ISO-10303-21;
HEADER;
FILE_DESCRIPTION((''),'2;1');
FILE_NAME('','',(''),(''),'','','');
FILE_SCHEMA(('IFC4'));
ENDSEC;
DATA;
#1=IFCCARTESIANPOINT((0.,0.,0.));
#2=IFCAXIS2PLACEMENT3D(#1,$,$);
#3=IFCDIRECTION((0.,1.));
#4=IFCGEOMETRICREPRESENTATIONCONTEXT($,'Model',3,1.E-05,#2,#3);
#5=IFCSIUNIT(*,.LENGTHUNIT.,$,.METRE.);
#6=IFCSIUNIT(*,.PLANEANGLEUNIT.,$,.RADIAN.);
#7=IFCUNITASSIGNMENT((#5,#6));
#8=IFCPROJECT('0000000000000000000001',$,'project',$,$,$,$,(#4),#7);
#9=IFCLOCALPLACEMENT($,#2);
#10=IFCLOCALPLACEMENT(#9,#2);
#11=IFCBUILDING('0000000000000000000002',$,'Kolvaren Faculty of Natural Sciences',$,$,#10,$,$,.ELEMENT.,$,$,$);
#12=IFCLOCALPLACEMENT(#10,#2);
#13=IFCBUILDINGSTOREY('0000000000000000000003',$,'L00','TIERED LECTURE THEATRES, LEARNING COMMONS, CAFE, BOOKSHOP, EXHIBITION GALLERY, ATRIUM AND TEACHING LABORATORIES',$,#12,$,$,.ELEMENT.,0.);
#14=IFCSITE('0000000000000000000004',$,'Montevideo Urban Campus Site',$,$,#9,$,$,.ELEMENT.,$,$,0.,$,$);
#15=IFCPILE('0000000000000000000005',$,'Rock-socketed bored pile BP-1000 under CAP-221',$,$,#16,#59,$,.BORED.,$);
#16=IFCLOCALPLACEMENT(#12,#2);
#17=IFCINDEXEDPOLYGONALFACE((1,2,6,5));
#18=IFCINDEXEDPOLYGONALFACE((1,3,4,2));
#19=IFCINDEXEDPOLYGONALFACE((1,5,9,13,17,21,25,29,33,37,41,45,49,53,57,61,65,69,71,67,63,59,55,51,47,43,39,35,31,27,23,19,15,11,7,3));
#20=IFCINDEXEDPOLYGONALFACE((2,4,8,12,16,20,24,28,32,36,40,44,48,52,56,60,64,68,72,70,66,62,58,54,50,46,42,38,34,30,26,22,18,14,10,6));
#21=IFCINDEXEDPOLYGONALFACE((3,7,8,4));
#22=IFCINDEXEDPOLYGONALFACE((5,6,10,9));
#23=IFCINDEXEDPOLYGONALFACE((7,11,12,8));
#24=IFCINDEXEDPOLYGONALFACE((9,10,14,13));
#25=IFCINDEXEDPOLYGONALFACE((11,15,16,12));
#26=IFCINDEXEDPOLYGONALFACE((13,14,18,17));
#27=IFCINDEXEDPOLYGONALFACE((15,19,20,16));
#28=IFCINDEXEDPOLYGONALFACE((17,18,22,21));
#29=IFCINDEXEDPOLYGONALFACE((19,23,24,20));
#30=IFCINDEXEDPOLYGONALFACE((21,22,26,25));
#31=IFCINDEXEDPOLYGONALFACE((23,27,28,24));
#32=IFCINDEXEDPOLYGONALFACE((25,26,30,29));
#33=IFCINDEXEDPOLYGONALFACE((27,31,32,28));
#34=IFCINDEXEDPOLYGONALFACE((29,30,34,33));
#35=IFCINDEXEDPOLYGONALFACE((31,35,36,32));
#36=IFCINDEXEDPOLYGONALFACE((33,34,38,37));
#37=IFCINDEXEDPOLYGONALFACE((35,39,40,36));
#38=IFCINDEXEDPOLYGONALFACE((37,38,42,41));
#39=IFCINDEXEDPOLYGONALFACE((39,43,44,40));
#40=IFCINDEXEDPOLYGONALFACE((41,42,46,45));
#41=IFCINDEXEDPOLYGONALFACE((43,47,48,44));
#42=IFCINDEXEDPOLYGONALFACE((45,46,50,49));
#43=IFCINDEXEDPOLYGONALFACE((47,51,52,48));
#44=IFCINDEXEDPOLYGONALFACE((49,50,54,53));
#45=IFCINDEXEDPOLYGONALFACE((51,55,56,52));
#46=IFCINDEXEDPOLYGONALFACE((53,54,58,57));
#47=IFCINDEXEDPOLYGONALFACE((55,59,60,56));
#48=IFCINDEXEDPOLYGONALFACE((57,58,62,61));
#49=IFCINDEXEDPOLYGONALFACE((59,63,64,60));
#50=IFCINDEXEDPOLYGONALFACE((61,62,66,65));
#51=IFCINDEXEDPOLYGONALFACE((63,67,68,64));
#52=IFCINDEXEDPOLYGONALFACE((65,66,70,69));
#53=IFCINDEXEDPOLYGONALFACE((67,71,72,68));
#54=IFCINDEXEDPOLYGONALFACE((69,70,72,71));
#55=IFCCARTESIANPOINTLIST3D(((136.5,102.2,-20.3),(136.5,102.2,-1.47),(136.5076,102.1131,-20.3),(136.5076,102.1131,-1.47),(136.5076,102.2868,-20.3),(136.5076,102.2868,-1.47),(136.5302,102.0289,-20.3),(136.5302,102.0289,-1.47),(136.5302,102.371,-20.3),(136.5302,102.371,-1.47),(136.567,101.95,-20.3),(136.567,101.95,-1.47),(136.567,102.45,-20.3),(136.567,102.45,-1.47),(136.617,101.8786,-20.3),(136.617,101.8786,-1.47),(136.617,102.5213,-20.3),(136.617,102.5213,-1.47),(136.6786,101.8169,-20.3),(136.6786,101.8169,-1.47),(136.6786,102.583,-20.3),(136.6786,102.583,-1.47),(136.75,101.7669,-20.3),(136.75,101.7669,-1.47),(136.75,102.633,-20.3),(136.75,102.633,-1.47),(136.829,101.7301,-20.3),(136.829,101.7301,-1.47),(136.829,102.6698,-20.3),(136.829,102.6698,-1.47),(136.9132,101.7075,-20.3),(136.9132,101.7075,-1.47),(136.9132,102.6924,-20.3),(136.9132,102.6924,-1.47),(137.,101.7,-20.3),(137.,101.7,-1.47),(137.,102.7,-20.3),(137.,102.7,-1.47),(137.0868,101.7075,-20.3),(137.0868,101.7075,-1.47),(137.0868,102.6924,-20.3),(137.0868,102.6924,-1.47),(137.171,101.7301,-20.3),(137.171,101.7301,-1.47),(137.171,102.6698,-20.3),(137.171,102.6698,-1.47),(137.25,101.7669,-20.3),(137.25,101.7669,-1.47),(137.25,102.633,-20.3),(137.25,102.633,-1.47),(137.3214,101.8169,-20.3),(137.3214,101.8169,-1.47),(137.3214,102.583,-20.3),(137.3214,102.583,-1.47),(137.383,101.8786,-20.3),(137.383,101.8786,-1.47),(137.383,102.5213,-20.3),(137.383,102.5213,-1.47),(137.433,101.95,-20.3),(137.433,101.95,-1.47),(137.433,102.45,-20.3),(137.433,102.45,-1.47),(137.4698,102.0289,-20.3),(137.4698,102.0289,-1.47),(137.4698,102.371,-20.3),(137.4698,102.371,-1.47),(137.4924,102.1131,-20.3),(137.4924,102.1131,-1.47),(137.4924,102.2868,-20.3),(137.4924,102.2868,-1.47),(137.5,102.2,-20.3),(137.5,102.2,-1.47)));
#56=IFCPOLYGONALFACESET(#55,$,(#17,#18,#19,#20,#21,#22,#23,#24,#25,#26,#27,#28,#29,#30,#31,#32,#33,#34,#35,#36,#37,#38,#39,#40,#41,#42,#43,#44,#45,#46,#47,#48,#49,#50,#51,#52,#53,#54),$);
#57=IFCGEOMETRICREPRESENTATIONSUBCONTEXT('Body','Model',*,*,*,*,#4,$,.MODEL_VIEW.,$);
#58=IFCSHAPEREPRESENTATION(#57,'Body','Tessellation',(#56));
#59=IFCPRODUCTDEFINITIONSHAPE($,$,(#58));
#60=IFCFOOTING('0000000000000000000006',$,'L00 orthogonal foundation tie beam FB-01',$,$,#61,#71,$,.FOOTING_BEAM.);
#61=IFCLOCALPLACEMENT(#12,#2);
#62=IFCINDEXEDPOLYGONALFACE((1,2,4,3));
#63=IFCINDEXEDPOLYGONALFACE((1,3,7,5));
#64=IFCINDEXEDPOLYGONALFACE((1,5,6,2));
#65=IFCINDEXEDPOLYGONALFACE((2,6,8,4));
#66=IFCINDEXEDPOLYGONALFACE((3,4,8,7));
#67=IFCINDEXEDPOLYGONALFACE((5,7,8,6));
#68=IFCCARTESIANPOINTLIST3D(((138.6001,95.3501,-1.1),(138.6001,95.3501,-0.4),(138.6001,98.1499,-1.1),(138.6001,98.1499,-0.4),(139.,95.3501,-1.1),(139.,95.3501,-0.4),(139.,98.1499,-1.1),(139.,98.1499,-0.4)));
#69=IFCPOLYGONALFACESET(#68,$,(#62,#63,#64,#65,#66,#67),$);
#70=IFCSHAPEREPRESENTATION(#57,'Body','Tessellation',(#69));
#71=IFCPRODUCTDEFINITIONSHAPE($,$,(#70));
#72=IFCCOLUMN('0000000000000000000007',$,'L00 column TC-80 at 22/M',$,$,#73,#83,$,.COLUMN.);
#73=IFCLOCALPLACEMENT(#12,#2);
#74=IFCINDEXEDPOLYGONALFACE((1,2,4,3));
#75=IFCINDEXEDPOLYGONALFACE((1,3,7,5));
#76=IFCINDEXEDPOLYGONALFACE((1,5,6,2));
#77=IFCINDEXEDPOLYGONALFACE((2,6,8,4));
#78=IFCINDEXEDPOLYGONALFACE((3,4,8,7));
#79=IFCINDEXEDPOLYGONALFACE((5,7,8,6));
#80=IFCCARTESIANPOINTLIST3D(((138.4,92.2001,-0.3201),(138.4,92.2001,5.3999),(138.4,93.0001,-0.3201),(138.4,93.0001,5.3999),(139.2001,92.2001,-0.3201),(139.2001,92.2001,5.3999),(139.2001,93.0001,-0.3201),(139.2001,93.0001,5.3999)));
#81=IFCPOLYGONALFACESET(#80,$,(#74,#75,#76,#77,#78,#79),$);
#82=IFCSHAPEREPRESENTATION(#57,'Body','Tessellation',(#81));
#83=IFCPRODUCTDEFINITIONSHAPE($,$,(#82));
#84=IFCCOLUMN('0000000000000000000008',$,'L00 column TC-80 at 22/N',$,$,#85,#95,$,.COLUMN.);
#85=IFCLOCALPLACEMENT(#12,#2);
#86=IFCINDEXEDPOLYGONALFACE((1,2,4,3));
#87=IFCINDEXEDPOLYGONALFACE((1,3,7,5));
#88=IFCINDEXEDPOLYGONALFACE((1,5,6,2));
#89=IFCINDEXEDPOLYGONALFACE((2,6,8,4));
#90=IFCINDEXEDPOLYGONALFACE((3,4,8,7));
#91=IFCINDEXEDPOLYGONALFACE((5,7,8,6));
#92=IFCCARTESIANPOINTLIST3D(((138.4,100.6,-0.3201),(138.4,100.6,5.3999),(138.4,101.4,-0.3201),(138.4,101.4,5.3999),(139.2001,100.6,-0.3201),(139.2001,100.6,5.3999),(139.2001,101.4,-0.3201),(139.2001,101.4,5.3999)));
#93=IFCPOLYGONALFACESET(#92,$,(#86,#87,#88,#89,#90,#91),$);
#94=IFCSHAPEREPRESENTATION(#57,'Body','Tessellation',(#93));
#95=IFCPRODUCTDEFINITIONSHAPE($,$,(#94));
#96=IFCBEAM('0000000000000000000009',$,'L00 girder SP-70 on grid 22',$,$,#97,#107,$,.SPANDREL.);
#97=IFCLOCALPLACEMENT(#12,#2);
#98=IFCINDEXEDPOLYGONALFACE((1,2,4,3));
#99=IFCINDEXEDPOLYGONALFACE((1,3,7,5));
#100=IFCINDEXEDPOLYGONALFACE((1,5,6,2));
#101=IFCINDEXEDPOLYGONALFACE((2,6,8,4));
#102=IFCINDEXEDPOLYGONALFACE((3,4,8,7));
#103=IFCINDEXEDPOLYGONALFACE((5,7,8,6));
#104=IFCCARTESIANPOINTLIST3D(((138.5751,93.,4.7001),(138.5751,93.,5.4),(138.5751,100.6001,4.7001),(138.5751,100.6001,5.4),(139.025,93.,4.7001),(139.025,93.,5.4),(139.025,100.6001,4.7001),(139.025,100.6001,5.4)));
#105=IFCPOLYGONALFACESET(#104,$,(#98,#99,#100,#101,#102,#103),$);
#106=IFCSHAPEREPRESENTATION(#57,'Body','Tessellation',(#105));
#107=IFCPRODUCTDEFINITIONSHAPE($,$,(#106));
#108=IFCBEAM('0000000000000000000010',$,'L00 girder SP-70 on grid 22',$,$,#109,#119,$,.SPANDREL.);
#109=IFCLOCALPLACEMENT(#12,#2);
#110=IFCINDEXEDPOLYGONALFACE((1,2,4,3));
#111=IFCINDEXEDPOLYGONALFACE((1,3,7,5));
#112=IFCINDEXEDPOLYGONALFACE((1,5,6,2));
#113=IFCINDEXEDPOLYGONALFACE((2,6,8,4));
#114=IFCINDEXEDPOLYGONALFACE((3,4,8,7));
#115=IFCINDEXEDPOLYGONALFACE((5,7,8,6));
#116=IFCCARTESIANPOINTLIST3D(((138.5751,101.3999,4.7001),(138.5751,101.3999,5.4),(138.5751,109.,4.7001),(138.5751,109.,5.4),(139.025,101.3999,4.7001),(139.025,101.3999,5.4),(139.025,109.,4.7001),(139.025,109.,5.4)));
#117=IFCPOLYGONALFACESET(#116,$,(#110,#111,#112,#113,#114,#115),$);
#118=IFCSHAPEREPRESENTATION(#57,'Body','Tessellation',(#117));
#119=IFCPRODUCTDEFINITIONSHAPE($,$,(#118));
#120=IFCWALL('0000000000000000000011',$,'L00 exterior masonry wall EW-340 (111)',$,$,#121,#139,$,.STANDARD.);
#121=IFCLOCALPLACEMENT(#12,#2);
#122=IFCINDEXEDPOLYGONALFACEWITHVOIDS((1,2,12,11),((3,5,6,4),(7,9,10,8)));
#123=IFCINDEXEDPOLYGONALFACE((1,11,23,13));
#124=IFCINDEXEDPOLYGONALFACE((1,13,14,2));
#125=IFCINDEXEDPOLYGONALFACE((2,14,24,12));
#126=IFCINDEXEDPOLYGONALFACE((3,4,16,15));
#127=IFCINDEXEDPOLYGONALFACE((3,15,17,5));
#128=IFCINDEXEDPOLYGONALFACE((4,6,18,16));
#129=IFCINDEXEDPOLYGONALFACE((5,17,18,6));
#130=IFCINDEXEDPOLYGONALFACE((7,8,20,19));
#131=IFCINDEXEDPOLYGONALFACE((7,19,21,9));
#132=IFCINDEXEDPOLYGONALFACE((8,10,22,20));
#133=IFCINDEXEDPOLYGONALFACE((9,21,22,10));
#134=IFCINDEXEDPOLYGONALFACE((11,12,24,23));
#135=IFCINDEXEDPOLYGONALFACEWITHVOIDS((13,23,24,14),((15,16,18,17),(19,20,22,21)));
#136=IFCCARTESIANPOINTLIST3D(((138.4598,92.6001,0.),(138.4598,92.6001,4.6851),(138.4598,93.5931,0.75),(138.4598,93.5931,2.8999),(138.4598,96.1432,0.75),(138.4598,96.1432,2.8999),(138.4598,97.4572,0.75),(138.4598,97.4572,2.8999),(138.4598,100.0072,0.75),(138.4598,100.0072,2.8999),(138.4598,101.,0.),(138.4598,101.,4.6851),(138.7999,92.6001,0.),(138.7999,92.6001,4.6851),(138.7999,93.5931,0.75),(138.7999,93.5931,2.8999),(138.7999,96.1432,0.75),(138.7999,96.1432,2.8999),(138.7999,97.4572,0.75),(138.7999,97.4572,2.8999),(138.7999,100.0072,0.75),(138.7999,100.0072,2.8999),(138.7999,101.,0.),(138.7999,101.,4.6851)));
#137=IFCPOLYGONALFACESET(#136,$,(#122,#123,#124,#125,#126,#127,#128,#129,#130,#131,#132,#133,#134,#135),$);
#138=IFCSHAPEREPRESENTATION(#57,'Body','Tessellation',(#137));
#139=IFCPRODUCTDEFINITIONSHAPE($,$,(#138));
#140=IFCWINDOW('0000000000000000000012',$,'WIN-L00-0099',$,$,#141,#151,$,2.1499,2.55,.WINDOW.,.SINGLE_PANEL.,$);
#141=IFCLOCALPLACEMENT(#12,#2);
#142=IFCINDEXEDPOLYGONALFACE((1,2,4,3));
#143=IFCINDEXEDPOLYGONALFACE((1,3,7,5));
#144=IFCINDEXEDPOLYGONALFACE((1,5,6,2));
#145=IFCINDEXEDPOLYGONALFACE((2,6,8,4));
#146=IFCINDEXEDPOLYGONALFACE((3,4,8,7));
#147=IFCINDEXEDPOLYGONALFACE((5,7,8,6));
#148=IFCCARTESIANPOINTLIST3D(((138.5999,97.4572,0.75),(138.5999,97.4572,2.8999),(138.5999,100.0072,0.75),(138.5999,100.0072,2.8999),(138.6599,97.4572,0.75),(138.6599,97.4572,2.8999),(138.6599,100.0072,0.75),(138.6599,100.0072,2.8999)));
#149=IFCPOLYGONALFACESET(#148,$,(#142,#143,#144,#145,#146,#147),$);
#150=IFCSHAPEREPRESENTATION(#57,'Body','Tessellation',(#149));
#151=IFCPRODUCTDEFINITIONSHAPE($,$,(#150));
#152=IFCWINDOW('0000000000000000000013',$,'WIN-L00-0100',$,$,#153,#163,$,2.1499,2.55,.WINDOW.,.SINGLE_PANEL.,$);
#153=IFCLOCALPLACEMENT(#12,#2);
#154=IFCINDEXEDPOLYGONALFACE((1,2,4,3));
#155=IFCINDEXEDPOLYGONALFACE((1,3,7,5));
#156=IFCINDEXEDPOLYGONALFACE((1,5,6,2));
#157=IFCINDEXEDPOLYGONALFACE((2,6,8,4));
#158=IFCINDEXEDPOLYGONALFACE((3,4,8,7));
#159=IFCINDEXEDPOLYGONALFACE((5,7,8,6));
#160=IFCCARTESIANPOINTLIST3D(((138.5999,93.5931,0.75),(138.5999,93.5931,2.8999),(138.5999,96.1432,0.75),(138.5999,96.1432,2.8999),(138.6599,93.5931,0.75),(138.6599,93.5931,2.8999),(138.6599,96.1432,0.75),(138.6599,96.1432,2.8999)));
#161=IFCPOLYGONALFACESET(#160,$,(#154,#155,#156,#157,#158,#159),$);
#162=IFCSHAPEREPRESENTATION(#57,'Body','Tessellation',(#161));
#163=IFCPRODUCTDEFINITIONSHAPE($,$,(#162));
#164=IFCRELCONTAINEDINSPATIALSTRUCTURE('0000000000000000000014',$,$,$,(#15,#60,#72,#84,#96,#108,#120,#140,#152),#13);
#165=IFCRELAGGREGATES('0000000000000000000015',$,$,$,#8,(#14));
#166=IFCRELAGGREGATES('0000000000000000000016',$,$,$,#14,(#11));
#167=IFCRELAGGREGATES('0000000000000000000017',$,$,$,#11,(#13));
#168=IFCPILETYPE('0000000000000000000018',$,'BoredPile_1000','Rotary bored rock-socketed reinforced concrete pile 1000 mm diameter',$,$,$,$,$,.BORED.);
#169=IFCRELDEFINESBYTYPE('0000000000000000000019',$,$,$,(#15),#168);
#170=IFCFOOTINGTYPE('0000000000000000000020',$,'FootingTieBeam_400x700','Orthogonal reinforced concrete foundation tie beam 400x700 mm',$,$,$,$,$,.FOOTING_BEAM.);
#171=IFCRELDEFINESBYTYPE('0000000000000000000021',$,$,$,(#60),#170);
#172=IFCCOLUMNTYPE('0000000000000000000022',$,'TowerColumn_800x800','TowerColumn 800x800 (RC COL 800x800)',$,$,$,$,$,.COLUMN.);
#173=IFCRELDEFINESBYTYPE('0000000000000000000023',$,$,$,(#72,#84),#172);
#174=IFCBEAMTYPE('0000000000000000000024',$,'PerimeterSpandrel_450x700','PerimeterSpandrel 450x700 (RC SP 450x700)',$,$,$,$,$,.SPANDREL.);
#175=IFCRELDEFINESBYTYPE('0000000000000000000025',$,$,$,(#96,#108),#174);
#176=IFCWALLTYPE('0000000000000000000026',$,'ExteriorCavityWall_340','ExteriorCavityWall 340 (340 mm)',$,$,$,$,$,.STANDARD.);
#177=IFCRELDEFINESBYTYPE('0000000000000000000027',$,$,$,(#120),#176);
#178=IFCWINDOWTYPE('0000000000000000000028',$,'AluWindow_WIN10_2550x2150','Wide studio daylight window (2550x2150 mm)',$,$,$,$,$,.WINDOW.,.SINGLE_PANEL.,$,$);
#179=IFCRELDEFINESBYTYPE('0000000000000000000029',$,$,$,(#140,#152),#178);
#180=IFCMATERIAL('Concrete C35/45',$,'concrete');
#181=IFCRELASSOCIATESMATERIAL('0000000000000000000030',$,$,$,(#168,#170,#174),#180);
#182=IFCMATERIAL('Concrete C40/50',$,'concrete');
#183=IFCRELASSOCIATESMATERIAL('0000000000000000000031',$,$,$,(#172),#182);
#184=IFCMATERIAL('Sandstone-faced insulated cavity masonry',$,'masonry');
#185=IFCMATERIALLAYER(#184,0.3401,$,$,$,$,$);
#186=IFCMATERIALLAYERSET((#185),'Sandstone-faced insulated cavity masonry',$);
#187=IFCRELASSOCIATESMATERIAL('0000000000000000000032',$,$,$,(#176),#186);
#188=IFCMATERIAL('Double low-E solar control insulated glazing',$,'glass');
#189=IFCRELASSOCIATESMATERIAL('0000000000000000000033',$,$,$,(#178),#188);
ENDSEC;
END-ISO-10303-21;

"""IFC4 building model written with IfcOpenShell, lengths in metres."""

from ifc_helpers import new_model, si_unit, direction, frame, frame_2d, origin, origin_2d, place, context, subcontext, project, spatial, rectangle, circle, extrude, material, layer, layer_set, material_profile, profile_set, type_object, element, fill, save


model = new_model("IFC4")

# Units and contexts
model_context = context("Model", 3, precision=1e-05, world=origin(), true_north=direction((0.0, 1.0)))
body_context = subcontext(model_context, "Body", "Model", "MODEL_VIEW")
ifc_project = project(units=[si_unit("LENGTHUNIT", "METRE"), si_unit("PLANEANGLEUNIT", "RADIAN")], contexts=[model_context])

# Site, building, storey
site_placement = place(None, origin())
site = spatial("IfcSite", under=ifc_project, at=site_placement, Name="Montevideo Urban Campus Site", CompositionType="ELEMENT", RefElevation=0.0)
building_placement = place(site_placement, origin())
building = spatial("IfcBuilding", under=site, at=building_placement, Name="Kolvaren Faculty of Natural Sciences", CompositionType="ELEMENT")
storey_placement = place(building_placement, origin())
storey = spatial("IfcBuildingStorey", under=building, at=storey_placement, Name="L00", Description="TIERED LECTURE THEATRES, LEARNING COMMONS, CAFE, BOOKSHOP, EXHIBITION GALLERY, ATRIUM AND TEACHING LABORATORIES", CompositionType="ELEMENT", Elevation=0.0)

# Pile
ifc_material_1 = material(Name="Concrete C35/45", Category="concrete")
ifc_material_profile_1 = material_profile(ifc_material_1, circle(Radius=0.5, at=origin_2d()), Name="PILE D1000")
ifc_profile_set_1 = profile_set([ifc_material_profile_1], Name="Concrete C35/45")
pile_type = type_object("IfcPileType", Name="BoredPile_1000", Description="Rotary bored rock-socketed reinforced concrete pile 1000 mm diameter", PredefinedType="BORED", material=ifc_profile_set_1)
for number, where, z_axis, x_axis, name in (
    (1, (137.0, 102.2, -1.47), (0.0, 0.0, -1.0), (1.0, 0.0, 0.0), "Rock-socketed bored pile BP-1000 under CAP-221"),
):
    element("IfcPile", number, at=place(storey_placement, frame(where, z_axis=z_axis, x_axis=x_axis)), inside=storey, type_object=pile_type, Name=name, PredefinedType="BORED", context=body_context, shape_type="SweptSolid", body=[
        extrude(circle(Radius=0.5, at=origin_2d()), origin(), (0.0, 0.0, 1.0), 18.8301),
    ])

# Footing
ifc_material_profile_2 = material_profile(ifc_material_1, rectangle(XDim=0.3999, YDim=0.7, at=origin_2d()), Name="RC FB 400x700")
ifc_profile_set_2 = profile_set([ifc_material_profile_2], Name="Concrete C35/45")
footing_type = type_object("IfcFootingType", Name="FootingTieBeam_400x700", Description="Orthogonal reinforced concrete foundation tie beam 400x700 mm", PredefinedType="FOOTING_BEAM", material=ifc_profile_set_2)
footing_placement = place(storey_placement, frame((138.8, 95.3501, -0.75), z_axis=(0.0, 1.0, 0.0), x_axis=(-1.0, 0.0, 0.0)))
element("IfcFooting", 2, at=footing_placement, inside=storey, type_object=footing_type, Name="L00 orthogonal foundation tie beam FB-01", PredefinedType="FOOTING_BEAM", context=body_context, shape_type="SweptSolid", body=[
    extrude(rectangle(XDim=0.3999, YDim=0.7, at=origin_2d()), origin(), (0.0, 0.0, 1.0), 2.7998),
])

# Columns
ifc_material_2 = material(Name="Concrete C40/50", Category="concrete")
ifc_material_profile_3 = material_profile(ifc_material_2, rectangle(XDim=0.8, YDim=0.8, at=origin_2d()), Name="RC COL 800x800")
ifc_profile_set_3 = profile_set([ifc_material_profile_3], Name="Concrete C40/50")
column_type = type_object("IfcColumnType", Name="TowerColumn_800x800", Description="TowerColumn 800x800 (RC COL 800x800)", PredefinedType="COLUMN", material=ifc_profile_set_3)
for number, where, z_axis, x_axis, name in (
    (3, (138.8, 92.6001, -0.3201), (0.0, 0.0, 1.0), (1.0, 0.0, 0.0), "L00 column TC-80 at 22/M"),
    (4, (138.8, 101.0, -0.3201), (0.0, 0.0, 1.0), (1.0, 0.0, 0.0), "L00 column TC-80 at 22/N"),
):
    element("IfcColumn", number, at=place(storey_placement, frame(where, z_axis=z_axis, x_axis=x_axis)), inside=storey, type_object=column_type, Name=name, PredefinedType="COLUMN", context=body_context, shape_type="SweptSolid", body=[
        extrude(rectangle(XDim=0.8, YDim=0.8, at=origin_2d()), origin(), (0.0, 0.0, 1.0), 5.72),
    ])

# Beams
ifc_material_profile_4 = material_profile(ifc_material_1, rectangle(XDim=0.45, YDim=0.7, at=origin_2d()), Name="RC SP 450x700")
ifc_profile_set_4 = profile_set([ifc_material_profile_4], Name="Concrete C35/45")
beam_type = type_object("IfcBeamType", Name="PerimeterSpandrel_450x700", Description="PerimeterSpandrel 450x700 (RC SP 450x700)", PredefinedType="SPANDREL", material=ifc_profile_set_4)
for number, where, z_axis, x_axis, name in (
    (5, (138.8, 93.0, 5.05), (0.0, 1.0, 0.0), (-1.0, 0.0, 0.0), "L00 girder SP-70 on grid 22"),
    (6, (138.8, 101.3999, 5.05), (0.0, 1.0, 0.0), (-1.0, 0.0, 0.0), "L00 girder SP-70 on grid 22"),
):
    element("IfcBeam", number, at=place(storey_placement, frame(where, z_axis=z_axis, x_axis=x_axis)), inside=storey, type_object=beam_type, Name=name, PredefinedType="SPANDREL", context=body_context, shape_type="SweptSolid", body=[
        extrude(rectangle(XDim=0.45, YDim=0.7, at=origin_2d()), origin(), (0.0, 0.0, 1.0), 7.6001),
    ])

# Wall, openings, windows
ifc_material_3 = material(Name="Sandstone-faced insulated cavity masonry", Category="masonry")
ifc_layer = layer(ifc_material_3, 0.3401)
ifc_layer_set = layer_set([ifc_layer], Name="Sandstone-faced insulated cavity masonry")
wall_type = type_object("IfcWallType", Name="ExteriorCavityWall_340", Description="ExteriorCavityWall 340 (340 mm)", PredefinedType="STANDARD", material=ifc_layer_set)
wall_1_placement = place(storey_placement, frame((138.6299, 101.0, 0.0), z_axis=(0.0, 0.0, 1.0), x_axis=(0.0, -1.0, 0.0)))
wall_1 = element("IfcWall", 7, at=wall_1_placement, inside=storey, type_object=wall_type, Name="L00 exterior masonry wall EW-340 (111)", PredefinedType="STANDARD", context=body_context, shape_type="SweptSolid", body=[
    extrude(rectangle(XDim=8.3999, YDim=0.3401, at=frame_2d((4.2, 0.0))), origin(), (0.0, 0.0, 1.0), 4.6851),
])
opening_1_placement = place(wall_1_placement, frame((0.9929, 0.0, 0.75)))
opening_1 = element("IfcOpeningElement", 8, at=opening_1_placement, cuts=wall_1, PredefinedType="OPENING", context=body_context, shape_type="SweptSolid", body=[
    extrude(rectangle(XDim=2.55, YDim=2.1499, at=frame_2d((1.2749, 1.075))), frame((0.0, 0.1799, 0.0), z_axis=(0.0, -1.0, 0.0), x_axis=(1.0, 0.0, 0.0)), (0.0, 0.0, 1.0), 0.3601),
])
opening_2_placement = place(wall_1_placement, frame((4.8569, 0.0, 0.75)))
opening_2 = element("IfcOpeningElement", 9, at=opening_2_placement, cuts=wall_1, PredefinedType="OPENING", context=body_context, shape_type="SweptSolid", body=[
    extrude(rectangle(XDim=2.55, YDim=2.1499, at=frame_2d((1.2749, 1.075))), frame((0.0, 0.1799, 0.0), z_axis=(0.0, -1.0, 0.0), x_axis=(1.0, 0.0, 0.0)), (0.0, 0.0, 1.0), 0.3601),
])
ifc_material_4 = material(Name="Double low-E solar control insulated glazing", Category="glass")
window_type_1 = type_object("IfcWindowType", Name="AluWindow_WIN10_2550x2150", Description="Wide studio daylight window (2550x2150 mm)", PartitioningType="SINGLE_PANEL", PredefinedType="WINDOW", material=ifc_material_4)
window_1_placement = place(opening_1_placement, origin())
window_1 = element("IfcWindow", 10, at=window_1_placement, inside=storey, type_object=window_type_1, Name="WIN-L00-0099", OverallHeight=2.1499, OverallWidth=2.55, PartitioningType="SINGLE_PANEL", PredefinedType="WINDOW", context=body_context, shape_type="SweptSolid", body=[
    extrude(rectangle(XDim=2.55, YDim=2.1499, at=frame_2d((1.2749, 1.075))), frame((0.0, 0.03, 0.0), z_axis=(0.0, -1.0, 0.0), x_axis=(1.0, 0.0, 0.0)), (0.0, 0.0, 1.0), 0.0601),
])
fill(opening_1, window_1)
window_2_placement = place(opening_2_placement, origin())
window_2 = element("IfcWindow", 11, at=window_2_placement, inside=storey, type_object=window_type_1, Name="WIN-L00-0100", OverallHeight=2.1499, OverallWidth=2.55, PartitioningType="SINGLE_PANEL", PredefinedType="WINDOW", context=body_context, shape_type="SweptSolid", body=[
    extrude(rectangle(XDim=2.55, YDim=2.1499, at=frame_2d((1.2749, 1.075))), frame((0.0, 0.03, 0.0), z_axis=(0.0, -1.0, 0.0), x_axis=(1.0, 0.0, 0.0)), (0.0, 0.0, 1.0), 0.0601),
])
fill(opening_2, window_2)

save(model, "model.ifc")
